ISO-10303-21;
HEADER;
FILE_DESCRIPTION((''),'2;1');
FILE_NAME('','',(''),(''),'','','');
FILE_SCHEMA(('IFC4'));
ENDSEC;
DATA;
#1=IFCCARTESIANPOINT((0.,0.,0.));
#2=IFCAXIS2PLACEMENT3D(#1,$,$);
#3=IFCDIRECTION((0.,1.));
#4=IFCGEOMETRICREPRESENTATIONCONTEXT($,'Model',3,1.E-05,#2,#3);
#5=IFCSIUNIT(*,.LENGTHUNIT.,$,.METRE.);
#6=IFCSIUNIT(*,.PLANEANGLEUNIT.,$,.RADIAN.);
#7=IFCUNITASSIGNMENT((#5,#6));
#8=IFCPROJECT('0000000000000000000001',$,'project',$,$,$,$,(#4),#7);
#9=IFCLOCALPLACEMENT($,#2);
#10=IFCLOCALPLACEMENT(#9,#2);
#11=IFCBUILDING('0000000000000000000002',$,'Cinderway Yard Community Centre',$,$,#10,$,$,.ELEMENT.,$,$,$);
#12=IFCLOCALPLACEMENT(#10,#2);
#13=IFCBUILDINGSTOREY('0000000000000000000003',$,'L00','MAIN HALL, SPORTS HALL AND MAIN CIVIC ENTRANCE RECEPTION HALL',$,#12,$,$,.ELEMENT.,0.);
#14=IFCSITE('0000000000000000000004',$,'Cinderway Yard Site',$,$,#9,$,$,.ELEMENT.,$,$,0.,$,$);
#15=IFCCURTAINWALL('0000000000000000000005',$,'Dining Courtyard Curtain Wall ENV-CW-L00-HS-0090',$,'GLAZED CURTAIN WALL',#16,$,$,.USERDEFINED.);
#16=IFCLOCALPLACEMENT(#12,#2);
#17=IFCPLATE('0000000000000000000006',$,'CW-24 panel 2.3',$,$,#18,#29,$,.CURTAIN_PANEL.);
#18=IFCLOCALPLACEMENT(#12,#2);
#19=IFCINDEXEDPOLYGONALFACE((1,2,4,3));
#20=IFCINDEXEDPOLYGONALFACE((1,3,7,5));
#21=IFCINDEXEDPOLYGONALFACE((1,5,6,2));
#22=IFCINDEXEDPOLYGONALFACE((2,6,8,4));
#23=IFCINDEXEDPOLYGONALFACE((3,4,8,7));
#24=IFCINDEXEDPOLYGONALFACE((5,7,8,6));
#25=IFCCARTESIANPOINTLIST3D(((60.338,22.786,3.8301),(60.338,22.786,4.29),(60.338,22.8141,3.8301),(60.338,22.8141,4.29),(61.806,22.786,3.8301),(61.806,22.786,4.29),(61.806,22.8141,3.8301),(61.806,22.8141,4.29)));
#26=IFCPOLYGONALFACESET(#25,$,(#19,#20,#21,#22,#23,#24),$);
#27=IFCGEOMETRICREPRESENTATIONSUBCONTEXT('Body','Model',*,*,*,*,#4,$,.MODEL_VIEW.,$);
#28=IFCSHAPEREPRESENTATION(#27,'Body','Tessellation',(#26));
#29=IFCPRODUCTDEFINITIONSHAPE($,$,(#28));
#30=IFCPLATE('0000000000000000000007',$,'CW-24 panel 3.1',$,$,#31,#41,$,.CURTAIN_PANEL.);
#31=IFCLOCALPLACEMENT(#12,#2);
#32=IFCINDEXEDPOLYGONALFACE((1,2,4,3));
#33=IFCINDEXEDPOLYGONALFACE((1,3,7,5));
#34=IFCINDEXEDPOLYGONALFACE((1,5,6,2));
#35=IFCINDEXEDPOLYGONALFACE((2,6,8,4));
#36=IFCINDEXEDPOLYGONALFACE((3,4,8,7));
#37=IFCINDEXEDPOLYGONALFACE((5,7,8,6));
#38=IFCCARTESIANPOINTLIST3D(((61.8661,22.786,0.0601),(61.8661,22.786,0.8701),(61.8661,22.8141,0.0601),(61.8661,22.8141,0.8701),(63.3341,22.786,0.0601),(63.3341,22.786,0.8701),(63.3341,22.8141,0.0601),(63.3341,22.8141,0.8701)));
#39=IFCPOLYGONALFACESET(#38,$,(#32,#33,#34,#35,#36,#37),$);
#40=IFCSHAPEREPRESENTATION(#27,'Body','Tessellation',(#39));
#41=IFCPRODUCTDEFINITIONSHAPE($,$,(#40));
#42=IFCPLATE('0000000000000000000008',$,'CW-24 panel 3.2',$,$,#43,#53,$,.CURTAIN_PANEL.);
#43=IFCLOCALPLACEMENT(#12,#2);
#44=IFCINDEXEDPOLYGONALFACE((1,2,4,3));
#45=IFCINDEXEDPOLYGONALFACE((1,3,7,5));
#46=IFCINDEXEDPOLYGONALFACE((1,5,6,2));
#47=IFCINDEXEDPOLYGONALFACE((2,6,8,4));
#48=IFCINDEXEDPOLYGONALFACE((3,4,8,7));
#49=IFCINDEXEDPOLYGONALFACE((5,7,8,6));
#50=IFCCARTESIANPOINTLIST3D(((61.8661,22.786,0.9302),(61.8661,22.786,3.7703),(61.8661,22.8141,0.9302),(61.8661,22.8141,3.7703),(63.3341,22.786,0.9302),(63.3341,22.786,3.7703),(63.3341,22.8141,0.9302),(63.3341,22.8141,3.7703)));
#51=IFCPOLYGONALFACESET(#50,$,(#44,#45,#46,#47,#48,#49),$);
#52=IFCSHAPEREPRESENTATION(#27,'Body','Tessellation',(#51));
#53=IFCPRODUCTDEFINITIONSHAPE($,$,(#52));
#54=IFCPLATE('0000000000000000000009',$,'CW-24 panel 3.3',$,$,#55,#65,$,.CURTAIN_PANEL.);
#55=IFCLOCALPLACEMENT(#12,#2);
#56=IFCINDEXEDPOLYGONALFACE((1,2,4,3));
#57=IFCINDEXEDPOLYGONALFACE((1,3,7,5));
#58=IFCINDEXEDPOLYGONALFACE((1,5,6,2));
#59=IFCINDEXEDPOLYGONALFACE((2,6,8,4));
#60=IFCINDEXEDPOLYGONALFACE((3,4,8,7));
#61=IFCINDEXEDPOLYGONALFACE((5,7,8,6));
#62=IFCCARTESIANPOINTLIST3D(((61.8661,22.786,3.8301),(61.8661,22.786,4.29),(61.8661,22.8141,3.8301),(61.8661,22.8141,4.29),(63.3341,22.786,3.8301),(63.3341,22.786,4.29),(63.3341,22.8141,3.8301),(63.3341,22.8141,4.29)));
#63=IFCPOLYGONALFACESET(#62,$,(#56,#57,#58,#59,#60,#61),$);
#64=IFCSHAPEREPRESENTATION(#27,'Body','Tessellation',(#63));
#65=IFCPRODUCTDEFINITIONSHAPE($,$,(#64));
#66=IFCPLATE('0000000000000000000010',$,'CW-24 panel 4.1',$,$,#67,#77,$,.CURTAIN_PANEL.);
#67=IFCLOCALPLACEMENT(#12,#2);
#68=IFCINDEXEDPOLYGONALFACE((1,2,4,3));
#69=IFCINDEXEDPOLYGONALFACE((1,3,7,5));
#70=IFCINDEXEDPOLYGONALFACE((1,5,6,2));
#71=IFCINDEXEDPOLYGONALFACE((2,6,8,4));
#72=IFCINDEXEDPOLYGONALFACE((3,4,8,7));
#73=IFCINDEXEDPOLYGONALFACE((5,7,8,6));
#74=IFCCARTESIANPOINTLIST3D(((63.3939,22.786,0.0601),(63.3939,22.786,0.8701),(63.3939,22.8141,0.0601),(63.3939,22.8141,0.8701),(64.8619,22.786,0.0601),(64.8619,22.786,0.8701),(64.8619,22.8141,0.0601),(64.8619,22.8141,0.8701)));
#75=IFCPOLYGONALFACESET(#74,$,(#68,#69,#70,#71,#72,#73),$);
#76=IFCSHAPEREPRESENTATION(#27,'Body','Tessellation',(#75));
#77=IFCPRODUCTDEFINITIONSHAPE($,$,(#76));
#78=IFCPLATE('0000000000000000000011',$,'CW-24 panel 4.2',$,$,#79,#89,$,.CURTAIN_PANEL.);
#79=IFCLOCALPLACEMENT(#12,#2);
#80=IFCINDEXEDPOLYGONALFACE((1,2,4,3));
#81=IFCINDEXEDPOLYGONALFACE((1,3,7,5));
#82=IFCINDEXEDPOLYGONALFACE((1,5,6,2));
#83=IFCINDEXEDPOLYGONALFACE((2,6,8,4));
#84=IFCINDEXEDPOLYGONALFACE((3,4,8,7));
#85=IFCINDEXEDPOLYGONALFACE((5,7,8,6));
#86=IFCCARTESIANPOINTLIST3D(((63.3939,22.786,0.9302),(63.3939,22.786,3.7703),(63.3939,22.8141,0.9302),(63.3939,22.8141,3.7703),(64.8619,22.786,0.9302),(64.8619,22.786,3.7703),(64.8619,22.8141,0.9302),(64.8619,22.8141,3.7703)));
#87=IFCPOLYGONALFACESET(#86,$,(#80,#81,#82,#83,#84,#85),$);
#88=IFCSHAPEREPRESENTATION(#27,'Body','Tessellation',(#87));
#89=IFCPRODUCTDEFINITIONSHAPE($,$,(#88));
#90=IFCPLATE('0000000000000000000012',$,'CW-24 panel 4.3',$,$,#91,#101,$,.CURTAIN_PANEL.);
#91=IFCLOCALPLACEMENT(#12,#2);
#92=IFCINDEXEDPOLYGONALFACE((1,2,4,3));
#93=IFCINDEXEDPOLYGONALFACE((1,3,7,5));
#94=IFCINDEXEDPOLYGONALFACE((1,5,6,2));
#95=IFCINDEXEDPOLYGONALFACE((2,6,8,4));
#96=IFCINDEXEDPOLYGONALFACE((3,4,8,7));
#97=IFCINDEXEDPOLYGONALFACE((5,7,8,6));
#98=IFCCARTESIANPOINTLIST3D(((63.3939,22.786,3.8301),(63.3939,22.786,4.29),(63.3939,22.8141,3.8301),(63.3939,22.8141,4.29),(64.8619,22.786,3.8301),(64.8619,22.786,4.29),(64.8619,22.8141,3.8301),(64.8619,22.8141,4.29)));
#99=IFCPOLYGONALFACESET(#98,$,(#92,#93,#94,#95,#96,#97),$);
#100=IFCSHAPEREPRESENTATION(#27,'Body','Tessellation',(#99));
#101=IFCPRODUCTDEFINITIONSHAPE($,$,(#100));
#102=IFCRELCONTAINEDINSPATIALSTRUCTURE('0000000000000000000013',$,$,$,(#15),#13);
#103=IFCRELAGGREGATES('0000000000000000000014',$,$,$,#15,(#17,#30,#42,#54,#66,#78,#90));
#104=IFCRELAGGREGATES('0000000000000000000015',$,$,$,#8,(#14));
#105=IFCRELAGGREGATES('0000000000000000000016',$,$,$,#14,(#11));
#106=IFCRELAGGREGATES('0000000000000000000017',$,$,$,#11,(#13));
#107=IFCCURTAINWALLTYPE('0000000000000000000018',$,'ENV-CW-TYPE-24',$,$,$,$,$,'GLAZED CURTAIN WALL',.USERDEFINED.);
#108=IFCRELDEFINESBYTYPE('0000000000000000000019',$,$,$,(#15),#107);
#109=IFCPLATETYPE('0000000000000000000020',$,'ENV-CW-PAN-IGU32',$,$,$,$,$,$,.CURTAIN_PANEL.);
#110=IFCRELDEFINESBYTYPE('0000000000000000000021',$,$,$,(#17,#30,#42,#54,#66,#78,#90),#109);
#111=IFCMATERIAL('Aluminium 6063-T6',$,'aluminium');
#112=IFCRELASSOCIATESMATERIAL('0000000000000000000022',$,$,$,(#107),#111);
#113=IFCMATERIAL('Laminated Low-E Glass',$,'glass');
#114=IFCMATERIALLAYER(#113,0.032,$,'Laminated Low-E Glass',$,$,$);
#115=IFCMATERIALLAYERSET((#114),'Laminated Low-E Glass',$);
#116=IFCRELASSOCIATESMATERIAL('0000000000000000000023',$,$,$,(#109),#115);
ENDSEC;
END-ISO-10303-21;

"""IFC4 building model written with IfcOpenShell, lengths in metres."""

from ifc_helpers import new_model, si_unit, direction, frame, origin, origin_2d, place, context, subcontext, project, spatial, rectangle, extrude, material, layer, layer_set, type_object, element, aggregate, save


model = new_model("IFC4")

# Units and contexts
model_context = context("Model", 3, precision=1e-05, world=origin(), true_north=direction((0.0, 1.0)))
body_context = subcontext(model_context, "Body", "Model", "MODEL_VIEW")
ifc_project = project(units=[si_unit("LENGTHUNIT", "METRE"), si_unit("PLANEANGLEUNIT", "RADIAN")], contexts=[model_context])

# Site, building, storey
site_placement = place(None, origin())
site = spatial("IfcSite", under=ifc_project, at=site_placement, Name="Cinderway Yard Site", CompositionType="ELEMENT", RefElevation=0.0)
building_placement = place(site_placement, origin())
building = spatial("IfcBuilding", under=site, at=building_placement, Name="Cinderway Yard Community Centre", CompositionType="ELEMENT")
storey_placement = place(building_placement, origin())
storey = spatial("IfcBuildingStorey", under=building, at=storey_placement, Name="L00", Description="MAIN HALL, SPORTS HALL AND MAIN CIVIC ENTRANCE RECEPTION HALL", CompositionType="ELEMENT", Elevation=0.0)

# Curtain wall, plates
ifc_material_1 = material(Name="Aluminium 6063-T6", Category="aluminium")
curtain_wall_type = type_object("IfcCurtainWallType", Name="ENV-CW-TYPE-24", ElementType="GLAZED CURTAIN WALL", PredefinedType="USERDEFINED", material=ifc_material_1)
curtain_wall_placement = place(storey_placement, origin())
curtain_wall = element("IfcCurtainWall", 1, at=curtain_wall_placement, inside=storey, type_object=curtain_wall_type, Name="Dining Courtyard Curtain Wall ENV-CW-L00-HS-0090", ObjectType="GLAZED CURTAIN WALL", PredefinedType="USERDEFINED")
ifc_material_2 = material(Name="Laminated Low-E Glass", Category="glass")
ifc_layer = layer(ifc_material_2, 0.032, Name="Laminated Low-E Glass")
ifc_layer_set = layer_set([ifc_layer], Name="Laminated Low-E Glass")
plate_type = type_object("IfcPlateType", Name="ENV-CW-PAN-IGU32", PredefinedType="CURTAIN_PANEL", material=ifc_layer_set)
plate_1_placement = place(storey_placement, frame((61.072, 22.8, 3.8301), z_axis=(0.0, 0.0, 1.0), x_axis=(1.0, 0.0, 0.0)))
plate_1 = element("IfcPlate", 2, at=plate_1_placement, type_object=plate_type, Name="CW-24 panel 2.3", PredefinedType="CURTAIN_PANEL", context=body_context, shape_type="SweptSolid", body=[
    extrude(rectangle(XDim=1.468, YDim=0.0281, at=origin_2d()), origin(), (0.0, 0.0, 1.0), 0.46),
])
plate_2_placement = place(storey_placement, frame((62.6001, 22.8, 0.0601), z_axis=(0.0, 0.0, 1.0), x_axis=(1.0, 0.0, 0.0)))
plate_2 = element("IfcPlate", 3, at=plate_2_placement, type_object=plate_type, Name="CW-24 panel 3.1", PredefinedType="CURTAIN_PANEL", context=body_context, shape_type="SweptSolid", body=[
    extrude(rectangle(XDim=1.468, YDim=0.0281, at=origin_2d()), origin(), (0.0, 0.0, 1.0), 0.8101),
])
plate_3_placement = place(storey_placement, frame((62.6001, 22.8, 0.9302), z_axis=(0.0, 0.0, 1.0), x_axis=(1.0, 0.0, 0.0)))
plate_3 = element("IfcPlate", 4, at=plate_3_placement, type_object=plate_type, Name="CW-24 panel 3.2", PredefinedType="CURTAIN_PANEL", context=body_context, shape_type="SweptSolid", body=[
    extrude(rectangle(XDim=1.468, YDim=0.0281, at=origin_2d()), origin(), (0.0, 0.0, 1.0), 2.8401),
])
plate_4_placement = place(storey_placement, frame((62.6001, 22.8, 3.8301), z_axis=(0.0, 0.0, 1.0), x_axis=(1.0, 0.0, 0.0)))
plate_4 = element("IfcPlate", 5, at=plate_4_placement, type_object=plate_type, Name="CW-24 panel 3.3", PredefinedType="CURTAIN_PANEL", context=body_context, shape_type="SweptSolid", body=[
    extrude(rectangle(XDim=1.468, YDim=0.0281, at=origin_2d()), origin(), (0.0, 0.0, 1.0), 0.46),
])
plate_5_placement = place(storey_placement, frame((64.1279, 22.8, 0.0601), z_axis=(0.0, 0.0, 1.0), x_axis=(1.0, 0.0, 0.0)))
plate_5 = element("IfcPlate", 6, at=plate_5_placement, type_object=plate_type, Name="CW-24 panel 4.1", PredefinedType="CURTAIN_PANEL", context=body_context, shape_type="SweptSolid", body=[
    extrude(rectangle(XDim=1.468, YDim=0.0281, at=origin_2d()), origin(), (0.0, 0.0, 1.0), 0.8101),
])
plate_6_placement = place(storey_placement, frame((64.1279, 22.8, 0.9302), z_axis=(0.0, 0.0, 1.0), x_axis=(1.0, 0.0, 0.0)))
plate_6 = element("IfcPlate", 7, at=plate_6_placement, type_object=plate_type, Name="CW-24 panel 4.2", PredefinedType="CURTAIN_PANEL", context=body_context, shape_type="SweptSolid", body=[
    extrude(rectangle(XDim=1.468, YDim=0.0281, at=origin_2d()), origin(), (0.0, 0.0, 1.0), 2.8401),
])
plate_7_placement = place(storey_placement, frame((64.1279, 22.8, 3.8301), z_axis=(0.0, 0.0, 1.0), x_axis=(1.0, 0.0, 0.0)))
plate_7 = element("IfcPlate", 8, at=plate_7_placement, type_object=plate_type, Name="CW-24 panel 4.3", PredefinedType="CURTAIN_PANEL", context=body_context, shape_type="SweptSolid", body=[
    extrude(rectangle(XDim=1.468, YDim=0.0281, at=origin_2d()), origin(), (0.0, 0.0, 1.0), 0.46),
])
aggregate(curtain_wall, [plate_1, plate_2, plate_3, plate_4, plate_5, plate_6, plate_7])

save(model, "model.ifc")
